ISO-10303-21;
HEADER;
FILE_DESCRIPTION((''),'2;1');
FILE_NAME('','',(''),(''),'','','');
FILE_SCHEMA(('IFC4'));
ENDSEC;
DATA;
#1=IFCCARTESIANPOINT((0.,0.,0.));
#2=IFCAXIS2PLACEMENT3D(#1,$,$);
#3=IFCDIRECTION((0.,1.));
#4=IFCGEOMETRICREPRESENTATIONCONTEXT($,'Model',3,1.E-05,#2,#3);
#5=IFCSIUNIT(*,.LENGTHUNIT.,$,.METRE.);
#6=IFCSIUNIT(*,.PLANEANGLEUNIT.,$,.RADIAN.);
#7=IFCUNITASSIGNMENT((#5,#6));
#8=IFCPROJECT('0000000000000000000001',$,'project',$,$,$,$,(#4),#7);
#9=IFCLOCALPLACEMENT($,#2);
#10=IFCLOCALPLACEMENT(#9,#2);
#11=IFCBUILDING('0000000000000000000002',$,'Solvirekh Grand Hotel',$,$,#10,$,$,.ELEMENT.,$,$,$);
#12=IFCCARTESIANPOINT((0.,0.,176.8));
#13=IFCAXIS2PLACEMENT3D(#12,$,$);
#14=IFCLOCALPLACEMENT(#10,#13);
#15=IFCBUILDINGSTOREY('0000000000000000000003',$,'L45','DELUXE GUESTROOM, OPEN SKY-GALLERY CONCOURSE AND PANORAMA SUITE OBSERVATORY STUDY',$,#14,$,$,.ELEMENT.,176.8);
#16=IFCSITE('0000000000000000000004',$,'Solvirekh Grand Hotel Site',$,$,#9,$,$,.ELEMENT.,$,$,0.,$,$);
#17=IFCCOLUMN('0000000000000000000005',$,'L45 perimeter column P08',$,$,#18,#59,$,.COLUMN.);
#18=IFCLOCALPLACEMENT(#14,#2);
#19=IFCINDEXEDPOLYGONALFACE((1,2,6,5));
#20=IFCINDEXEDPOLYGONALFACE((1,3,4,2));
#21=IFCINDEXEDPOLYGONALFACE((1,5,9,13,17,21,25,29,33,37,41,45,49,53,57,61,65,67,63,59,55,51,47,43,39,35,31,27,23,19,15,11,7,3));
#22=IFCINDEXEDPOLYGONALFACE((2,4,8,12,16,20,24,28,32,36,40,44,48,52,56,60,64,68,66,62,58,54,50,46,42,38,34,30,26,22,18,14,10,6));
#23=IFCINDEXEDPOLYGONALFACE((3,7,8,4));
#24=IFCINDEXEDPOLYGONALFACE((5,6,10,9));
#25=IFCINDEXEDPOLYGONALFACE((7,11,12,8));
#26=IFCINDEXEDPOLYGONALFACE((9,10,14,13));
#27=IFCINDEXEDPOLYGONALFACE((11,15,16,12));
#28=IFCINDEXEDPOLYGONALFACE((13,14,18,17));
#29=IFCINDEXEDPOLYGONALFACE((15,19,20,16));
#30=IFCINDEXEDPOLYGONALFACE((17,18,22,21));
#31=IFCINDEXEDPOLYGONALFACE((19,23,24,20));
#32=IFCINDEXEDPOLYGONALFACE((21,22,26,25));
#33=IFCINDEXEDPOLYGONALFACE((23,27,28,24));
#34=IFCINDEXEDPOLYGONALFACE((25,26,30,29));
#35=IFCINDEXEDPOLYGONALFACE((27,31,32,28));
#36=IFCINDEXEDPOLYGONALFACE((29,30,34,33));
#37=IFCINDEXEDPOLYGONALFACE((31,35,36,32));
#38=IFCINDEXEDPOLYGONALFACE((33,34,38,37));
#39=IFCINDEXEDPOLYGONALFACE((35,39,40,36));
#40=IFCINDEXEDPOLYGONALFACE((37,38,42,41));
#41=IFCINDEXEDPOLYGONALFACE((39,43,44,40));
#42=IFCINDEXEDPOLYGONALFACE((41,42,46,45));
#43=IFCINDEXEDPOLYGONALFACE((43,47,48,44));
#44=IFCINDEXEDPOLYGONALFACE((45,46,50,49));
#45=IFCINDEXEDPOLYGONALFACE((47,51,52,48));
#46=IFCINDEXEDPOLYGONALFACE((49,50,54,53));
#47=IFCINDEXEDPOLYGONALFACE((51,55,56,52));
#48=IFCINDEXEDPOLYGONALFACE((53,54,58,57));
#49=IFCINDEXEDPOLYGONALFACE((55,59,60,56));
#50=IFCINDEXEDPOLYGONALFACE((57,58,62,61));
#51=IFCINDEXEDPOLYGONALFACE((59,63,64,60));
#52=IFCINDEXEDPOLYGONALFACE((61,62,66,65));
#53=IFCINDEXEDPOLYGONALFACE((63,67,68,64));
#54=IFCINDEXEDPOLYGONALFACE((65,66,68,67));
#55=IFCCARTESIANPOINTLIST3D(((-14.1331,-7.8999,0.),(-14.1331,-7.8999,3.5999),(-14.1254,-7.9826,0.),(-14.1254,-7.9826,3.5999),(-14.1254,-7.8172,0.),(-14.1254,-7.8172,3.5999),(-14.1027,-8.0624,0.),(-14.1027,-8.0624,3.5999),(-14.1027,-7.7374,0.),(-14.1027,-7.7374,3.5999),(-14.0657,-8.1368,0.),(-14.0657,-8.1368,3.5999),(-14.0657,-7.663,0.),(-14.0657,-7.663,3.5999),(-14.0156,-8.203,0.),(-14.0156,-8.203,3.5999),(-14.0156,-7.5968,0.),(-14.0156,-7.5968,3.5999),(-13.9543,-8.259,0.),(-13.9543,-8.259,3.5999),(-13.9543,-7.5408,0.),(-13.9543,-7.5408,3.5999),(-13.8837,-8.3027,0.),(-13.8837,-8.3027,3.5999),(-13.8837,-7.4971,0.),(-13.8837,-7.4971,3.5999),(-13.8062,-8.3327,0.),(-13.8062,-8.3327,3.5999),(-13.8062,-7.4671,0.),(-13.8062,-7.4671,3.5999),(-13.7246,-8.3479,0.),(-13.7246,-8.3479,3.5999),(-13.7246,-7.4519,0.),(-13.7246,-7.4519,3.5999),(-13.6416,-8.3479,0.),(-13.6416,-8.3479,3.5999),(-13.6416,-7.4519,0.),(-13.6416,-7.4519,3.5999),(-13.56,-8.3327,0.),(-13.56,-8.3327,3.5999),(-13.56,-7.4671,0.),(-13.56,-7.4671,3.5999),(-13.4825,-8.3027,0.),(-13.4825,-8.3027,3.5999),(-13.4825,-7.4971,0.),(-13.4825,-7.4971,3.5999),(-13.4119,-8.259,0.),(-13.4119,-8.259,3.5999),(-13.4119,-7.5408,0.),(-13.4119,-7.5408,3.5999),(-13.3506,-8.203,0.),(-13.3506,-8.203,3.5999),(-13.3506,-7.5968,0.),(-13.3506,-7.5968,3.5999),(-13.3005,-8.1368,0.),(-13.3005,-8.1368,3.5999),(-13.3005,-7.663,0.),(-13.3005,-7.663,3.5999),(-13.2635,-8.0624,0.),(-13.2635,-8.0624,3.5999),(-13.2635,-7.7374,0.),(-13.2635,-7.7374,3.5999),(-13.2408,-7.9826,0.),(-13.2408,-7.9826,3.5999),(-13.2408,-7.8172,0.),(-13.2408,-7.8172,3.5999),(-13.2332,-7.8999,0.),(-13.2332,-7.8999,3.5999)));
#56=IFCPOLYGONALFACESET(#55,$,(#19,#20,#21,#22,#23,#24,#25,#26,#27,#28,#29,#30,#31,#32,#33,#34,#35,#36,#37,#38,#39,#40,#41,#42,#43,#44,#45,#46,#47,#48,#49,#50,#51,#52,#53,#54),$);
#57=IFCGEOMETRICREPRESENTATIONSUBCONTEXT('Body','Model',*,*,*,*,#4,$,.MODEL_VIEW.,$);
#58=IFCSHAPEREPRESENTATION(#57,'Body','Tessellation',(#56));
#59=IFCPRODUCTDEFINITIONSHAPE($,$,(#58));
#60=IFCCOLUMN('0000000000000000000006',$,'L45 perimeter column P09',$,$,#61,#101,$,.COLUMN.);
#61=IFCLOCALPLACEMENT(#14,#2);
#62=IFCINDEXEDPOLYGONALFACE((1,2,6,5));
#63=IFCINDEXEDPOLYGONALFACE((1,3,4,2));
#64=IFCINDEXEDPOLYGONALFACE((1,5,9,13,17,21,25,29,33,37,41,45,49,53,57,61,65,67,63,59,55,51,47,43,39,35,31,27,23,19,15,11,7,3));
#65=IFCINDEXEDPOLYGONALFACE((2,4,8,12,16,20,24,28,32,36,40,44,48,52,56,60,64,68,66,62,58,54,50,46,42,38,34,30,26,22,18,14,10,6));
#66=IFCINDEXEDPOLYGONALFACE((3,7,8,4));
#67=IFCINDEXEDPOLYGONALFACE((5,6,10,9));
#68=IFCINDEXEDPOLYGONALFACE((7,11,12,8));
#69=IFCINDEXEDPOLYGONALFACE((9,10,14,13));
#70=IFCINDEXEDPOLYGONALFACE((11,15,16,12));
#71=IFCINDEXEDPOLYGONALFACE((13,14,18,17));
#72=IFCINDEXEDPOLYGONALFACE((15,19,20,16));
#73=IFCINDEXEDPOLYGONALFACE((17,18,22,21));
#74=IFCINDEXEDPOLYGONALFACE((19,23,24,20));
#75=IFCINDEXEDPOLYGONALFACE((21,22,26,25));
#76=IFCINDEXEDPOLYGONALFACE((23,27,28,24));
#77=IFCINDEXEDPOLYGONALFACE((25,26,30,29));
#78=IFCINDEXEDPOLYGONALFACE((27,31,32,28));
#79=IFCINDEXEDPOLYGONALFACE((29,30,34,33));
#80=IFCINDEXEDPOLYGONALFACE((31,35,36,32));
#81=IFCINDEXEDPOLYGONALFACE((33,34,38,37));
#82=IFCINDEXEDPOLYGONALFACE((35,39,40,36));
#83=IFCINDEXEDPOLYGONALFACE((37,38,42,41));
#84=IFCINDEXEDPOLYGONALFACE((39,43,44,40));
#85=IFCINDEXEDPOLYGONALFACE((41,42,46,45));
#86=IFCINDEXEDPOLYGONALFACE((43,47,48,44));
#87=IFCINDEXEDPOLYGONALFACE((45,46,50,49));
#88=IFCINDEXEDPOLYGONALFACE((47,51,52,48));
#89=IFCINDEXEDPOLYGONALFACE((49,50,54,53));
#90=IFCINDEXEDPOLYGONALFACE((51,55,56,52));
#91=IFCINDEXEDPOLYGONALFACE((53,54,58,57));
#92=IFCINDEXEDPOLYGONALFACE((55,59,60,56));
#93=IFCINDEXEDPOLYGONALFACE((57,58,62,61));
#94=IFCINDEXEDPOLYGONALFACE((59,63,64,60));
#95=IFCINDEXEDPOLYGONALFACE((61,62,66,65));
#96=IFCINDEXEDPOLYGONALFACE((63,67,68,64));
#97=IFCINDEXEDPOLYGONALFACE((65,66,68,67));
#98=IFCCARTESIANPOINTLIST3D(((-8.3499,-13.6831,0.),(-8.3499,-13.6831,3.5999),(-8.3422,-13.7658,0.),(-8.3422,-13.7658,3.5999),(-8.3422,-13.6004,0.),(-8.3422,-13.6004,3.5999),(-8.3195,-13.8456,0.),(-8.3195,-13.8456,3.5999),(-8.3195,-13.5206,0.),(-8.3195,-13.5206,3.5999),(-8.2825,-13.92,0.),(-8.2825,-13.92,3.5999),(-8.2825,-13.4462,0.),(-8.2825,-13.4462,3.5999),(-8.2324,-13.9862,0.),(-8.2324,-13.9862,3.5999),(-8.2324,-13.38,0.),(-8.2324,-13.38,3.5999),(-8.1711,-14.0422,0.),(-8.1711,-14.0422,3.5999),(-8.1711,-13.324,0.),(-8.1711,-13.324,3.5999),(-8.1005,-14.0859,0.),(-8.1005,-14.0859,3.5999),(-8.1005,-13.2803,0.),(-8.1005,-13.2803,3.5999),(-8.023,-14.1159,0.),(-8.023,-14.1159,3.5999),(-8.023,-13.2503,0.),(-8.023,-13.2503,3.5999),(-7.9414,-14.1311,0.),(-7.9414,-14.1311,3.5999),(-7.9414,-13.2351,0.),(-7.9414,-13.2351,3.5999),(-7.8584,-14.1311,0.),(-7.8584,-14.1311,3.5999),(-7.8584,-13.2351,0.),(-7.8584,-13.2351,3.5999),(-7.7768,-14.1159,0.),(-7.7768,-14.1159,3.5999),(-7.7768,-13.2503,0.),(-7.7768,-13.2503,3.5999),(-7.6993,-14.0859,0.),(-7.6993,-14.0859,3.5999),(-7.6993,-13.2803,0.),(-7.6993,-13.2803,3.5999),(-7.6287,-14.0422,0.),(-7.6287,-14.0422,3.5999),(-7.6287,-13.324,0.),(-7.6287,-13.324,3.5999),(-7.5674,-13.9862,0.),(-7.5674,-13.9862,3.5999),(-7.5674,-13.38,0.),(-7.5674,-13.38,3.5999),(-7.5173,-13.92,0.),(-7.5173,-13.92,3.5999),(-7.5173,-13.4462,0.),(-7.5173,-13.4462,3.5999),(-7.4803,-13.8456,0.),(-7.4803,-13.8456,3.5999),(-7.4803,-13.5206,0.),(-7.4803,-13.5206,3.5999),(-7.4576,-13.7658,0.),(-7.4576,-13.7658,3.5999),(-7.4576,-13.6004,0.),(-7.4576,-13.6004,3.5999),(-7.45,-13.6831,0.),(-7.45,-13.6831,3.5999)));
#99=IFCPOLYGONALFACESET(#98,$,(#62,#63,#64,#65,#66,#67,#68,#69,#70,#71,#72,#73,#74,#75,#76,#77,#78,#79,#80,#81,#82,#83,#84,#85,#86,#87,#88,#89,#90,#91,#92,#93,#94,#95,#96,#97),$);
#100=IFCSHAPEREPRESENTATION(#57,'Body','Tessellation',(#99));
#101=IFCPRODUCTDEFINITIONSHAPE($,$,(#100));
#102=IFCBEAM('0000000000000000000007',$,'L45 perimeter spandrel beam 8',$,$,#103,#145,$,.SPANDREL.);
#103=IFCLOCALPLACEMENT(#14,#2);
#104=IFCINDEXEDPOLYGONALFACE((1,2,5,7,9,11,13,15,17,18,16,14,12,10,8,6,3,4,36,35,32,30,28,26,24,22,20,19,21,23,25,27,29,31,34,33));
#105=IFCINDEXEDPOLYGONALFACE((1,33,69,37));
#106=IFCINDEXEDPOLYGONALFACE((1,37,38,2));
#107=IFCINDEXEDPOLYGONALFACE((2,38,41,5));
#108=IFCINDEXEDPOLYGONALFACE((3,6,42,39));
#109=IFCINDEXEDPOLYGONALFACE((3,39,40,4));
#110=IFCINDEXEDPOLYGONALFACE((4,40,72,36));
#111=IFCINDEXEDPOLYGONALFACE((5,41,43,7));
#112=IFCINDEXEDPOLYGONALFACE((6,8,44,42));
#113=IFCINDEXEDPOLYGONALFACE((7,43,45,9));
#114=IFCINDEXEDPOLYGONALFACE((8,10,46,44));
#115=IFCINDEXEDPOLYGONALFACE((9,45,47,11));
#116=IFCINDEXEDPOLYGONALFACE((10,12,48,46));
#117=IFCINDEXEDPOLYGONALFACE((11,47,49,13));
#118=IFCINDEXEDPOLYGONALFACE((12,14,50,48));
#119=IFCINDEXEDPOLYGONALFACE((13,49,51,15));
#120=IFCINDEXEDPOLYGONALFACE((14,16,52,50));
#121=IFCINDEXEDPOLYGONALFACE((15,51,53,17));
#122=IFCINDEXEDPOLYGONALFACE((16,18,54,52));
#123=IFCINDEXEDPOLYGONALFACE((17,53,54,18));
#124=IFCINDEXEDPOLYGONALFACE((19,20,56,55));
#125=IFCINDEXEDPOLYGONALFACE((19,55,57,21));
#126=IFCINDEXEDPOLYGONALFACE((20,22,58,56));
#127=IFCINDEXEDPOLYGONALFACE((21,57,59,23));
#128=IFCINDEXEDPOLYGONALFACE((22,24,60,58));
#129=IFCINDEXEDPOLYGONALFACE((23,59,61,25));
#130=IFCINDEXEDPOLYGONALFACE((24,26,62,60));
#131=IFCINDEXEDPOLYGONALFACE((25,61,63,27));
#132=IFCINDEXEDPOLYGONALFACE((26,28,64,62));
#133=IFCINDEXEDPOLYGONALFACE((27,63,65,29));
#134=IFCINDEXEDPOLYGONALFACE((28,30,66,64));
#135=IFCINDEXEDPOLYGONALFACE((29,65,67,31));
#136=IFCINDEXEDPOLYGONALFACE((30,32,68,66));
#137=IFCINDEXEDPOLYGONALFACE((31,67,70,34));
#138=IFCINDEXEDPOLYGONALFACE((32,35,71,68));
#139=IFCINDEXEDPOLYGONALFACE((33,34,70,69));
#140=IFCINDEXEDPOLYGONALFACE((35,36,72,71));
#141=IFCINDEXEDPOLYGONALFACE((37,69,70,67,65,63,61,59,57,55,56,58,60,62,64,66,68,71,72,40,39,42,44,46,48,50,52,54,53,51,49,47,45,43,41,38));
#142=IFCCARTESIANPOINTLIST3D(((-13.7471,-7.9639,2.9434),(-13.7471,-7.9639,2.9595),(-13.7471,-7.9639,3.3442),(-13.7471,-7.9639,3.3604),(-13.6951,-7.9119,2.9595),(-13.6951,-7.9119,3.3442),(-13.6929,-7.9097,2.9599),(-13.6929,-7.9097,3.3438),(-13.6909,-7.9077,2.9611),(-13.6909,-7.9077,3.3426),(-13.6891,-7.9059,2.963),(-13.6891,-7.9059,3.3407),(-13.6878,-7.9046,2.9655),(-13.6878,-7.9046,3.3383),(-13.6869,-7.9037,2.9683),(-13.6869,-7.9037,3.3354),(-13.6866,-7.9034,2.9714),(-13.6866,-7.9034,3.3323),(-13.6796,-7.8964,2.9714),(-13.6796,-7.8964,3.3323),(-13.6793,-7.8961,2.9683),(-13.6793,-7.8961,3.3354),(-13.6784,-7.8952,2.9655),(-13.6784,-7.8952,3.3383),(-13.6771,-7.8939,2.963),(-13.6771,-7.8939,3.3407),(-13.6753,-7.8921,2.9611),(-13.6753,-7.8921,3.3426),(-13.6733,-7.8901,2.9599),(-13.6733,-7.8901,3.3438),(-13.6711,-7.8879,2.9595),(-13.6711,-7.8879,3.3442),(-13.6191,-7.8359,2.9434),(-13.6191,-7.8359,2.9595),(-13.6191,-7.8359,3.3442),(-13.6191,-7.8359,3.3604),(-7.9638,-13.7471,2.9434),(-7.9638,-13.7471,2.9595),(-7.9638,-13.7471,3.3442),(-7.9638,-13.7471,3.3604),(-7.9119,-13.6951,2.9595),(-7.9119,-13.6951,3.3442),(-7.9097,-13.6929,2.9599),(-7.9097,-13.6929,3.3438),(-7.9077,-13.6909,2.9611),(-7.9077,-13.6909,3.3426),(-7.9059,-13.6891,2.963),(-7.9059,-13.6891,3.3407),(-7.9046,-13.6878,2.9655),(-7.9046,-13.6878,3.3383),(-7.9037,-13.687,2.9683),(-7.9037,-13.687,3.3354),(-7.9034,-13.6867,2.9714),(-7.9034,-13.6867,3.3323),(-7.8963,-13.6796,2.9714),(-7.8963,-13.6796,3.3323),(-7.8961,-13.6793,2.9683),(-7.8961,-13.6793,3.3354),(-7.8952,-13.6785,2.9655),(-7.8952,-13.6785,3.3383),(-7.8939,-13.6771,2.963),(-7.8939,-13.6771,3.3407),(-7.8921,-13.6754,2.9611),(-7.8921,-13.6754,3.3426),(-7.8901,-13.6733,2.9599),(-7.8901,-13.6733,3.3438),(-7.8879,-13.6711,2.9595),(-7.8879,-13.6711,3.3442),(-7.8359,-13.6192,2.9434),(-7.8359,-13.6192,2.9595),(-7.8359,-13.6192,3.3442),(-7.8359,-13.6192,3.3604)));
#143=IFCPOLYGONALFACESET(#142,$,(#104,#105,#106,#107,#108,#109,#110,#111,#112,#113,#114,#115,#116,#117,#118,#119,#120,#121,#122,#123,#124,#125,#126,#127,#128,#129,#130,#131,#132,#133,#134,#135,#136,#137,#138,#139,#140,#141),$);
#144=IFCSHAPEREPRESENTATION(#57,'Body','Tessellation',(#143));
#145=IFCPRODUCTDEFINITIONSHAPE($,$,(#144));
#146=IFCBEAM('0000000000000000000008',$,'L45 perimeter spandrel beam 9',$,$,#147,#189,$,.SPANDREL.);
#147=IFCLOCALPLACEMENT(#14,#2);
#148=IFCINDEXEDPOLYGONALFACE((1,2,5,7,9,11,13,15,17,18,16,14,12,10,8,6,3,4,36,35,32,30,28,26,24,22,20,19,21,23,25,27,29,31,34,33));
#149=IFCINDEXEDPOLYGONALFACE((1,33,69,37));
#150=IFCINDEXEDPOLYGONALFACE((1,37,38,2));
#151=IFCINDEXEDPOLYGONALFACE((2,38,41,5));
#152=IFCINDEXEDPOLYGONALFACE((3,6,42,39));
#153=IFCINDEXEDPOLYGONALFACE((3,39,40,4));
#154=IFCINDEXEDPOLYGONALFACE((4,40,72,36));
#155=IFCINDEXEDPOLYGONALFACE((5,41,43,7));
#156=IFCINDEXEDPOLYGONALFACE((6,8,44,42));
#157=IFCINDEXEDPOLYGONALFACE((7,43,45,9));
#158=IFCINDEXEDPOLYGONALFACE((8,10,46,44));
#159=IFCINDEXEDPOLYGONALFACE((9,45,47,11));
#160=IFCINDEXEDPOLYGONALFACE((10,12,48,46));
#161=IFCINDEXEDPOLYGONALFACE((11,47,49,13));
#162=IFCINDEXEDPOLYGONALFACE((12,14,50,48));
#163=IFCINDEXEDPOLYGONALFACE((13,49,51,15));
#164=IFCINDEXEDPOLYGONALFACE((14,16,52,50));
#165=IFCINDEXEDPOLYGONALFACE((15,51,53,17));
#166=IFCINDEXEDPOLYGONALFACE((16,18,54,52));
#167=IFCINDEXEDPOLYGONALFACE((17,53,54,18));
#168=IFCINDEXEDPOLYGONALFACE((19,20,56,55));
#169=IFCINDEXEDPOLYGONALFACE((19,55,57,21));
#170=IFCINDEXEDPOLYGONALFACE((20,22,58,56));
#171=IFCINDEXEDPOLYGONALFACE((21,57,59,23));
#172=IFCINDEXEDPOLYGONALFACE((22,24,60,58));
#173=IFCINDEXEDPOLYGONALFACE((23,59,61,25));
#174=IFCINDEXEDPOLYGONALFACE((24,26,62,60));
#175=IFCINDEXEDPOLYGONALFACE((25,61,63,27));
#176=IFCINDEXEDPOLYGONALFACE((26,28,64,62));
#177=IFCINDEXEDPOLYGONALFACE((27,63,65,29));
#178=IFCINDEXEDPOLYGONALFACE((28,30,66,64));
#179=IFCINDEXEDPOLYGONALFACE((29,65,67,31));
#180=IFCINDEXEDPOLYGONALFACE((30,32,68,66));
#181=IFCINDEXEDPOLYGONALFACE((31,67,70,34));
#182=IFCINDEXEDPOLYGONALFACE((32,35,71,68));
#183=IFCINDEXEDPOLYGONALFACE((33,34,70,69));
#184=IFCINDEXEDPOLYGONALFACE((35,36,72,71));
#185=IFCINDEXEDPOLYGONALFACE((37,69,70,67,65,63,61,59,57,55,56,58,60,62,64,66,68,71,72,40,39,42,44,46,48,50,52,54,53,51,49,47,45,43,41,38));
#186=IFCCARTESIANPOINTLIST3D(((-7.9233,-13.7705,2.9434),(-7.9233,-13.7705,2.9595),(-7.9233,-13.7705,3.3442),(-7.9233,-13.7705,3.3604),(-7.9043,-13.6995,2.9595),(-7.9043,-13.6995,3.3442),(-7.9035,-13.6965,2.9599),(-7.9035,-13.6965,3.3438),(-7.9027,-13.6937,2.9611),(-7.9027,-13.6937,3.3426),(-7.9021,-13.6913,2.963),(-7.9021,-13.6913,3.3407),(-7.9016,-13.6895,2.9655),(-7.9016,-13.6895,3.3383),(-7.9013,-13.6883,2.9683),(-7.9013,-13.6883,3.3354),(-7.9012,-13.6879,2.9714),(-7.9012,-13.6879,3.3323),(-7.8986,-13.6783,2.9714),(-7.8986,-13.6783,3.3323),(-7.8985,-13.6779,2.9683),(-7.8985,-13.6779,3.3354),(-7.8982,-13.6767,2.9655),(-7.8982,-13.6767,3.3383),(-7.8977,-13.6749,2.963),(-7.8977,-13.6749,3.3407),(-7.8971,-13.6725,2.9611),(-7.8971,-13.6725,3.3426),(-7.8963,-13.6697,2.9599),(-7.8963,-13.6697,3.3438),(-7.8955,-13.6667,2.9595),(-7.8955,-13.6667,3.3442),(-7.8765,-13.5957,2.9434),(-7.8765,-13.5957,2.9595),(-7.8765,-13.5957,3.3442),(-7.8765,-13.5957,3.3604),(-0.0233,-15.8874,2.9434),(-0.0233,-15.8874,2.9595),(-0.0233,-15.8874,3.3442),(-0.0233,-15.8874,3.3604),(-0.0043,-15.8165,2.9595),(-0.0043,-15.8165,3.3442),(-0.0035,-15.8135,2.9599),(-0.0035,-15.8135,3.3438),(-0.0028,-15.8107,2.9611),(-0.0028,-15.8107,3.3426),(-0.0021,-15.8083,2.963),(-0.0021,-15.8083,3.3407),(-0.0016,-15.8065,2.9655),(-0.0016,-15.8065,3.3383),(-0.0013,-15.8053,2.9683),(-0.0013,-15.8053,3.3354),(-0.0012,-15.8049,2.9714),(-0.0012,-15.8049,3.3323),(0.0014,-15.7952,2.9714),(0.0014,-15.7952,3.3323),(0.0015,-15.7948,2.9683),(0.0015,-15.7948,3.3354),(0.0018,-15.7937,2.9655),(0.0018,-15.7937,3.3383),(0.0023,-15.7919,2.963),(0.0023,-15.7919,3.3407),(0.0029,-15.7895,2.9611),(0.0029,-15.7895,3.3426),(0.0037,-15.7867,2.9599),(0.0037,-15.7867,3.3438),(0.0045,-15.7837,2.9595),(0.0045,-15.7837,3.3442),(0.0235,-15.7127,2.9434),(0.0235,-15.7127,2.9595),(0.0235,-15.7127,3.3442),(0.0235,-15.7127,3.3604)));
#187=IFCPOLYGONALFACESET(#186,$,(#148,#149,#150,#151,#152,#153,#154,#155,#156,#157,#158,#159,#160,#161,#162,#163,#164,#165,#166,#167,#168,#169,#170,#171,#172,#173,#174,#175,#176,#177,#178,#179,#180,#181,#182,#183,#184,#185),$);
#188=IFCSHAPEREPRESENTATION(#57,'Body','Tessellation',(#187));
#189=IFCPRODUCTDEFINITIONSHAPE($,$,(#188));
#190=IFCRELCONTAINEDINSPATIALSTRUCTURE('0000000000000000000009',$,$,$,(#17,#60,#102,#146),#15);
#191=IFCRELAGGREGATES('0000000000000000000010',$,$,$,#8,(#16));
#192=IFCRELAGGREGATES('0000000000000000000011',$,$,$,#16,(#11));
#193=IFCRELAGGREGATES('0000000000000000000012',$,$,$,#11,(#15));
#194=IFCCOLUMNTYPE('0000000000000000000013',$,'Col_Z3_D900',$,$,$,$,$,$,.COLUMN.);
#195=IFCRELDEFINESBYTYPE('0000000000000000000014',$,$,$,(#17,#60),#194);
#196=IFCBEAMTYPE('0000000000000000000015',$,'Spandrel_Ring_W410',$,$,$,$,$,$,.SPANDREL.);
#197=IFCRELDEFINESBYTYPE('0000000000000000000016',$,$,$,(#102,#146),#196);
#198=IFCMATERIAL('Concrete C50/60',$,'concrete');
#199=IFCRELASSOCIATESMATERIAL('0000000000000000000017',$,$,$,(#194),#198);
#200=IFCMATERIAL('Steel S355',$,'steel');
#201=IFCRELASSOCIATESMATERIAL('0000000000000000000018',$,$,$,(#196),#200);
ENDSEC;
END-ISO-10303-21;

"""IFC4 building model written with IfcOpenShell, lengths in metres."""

from ifc_helpers import new_model, si_unit, direction, frame, origin, origin_2d, place, context, subcontext, project, spatial, circle, i_section, extrude, material, material_profile, profile_set, type_object, element, save


model = new_model("IFC4")

# Units and contexts
model_context = context("Model", 3, precision=1e-05, world=origin(), true_north=direction((0.0, 1.0)))
body_context = subcontext(model_context, "Body", "Model", "MODEL_VIEW")
ifc_project = project(units=[si_unit("LENGTHUNIT", "METRE"), si_unit("PLANEANGLEUNIT", "RADIAN")], contexts=[model_context])

# Site, building, storey
site_placement = place(None, origin())
site = spatial("IfcSite", under=ifc_project, at=site_placement, Name="Solvirekh Grand Hotel Site", CompositionType="ELEMENT", RefElevation=0.0)
building_placement = place(site_placement, origin())
building = spatial("IfcBuilding", under=site, at=building_placement, Name="Solvirekh Grand Hotel", CompositionType="ELEMENT")
storey_placement = place(building_placement, frame((0.0, 0.0, 176.8)))
storey = spatial("IfcBuildingStorey", under=building, at=storey_placement, Name="L45", Description="DELUXE GUESTROOM, OPEN SKY-GALLERY CONCOURSE AND PANORAMA SUITE OBSERVATORY STUDY", CompositionType="ELEMENT", Elevation=176.8)

# Columns
ifc_material_1 = material(Name="Concrete C50/60", Category="concrete")
ifc_material_profile_1 = material_profile(ifc_material_1, circle(Radius=0.45, at=origin_2d()), Name="RC CIRC D900")
ifc_profile_set_1 = profile_set([ifc_material_profile_1], Name="Concrete C50/60")
column_type = type_object("IfcColumnType", Name="Col_Z3_D900", PredefinedType="COLUMN", material=ifc_profile_set_1)
for number, where, z_axis, x_axis, name in (
    (1, (-13.6831, -7.8999, 0.0), (0.0, 0.0, 1.0), (1.0, 0.0, 0.0), "L45 perimeter column P08"),
    (2, (-7.8999, -13.6831, 0.0), (0.0, 0.0, 1.0), (1.0, 0.0, 0.0), "L45 perimeter column P09"),
):
    element("IfcColumn", number, at=place(storey_placement, frame(where, z_axis=z_axis, x_axis=x_axis)), inside=storey, type_object=column_type, Name=name, PredefinedType="COLUMN", context=body_context, shape_type="SweptSolid", body=[
        extrude(circle(Radius=0.45, at=origin_2d()), origin(), (0.0, 0.0, 1.0), 3.5999),
    ])

# Beams
ifc_material_2 = material(Name="Steel S355", Category="steel")
ifc_material_profile_2 = material_profile(ifc_material_2, i_section(OverallWidth=0.1809, OverallDepth=0.417, WebThickness=0.01, FlangeThickness=0.0161, FilletRadius=0.012, at=origin_2d()), Name="W410X85")
ifc_profile_set_2 = profile_set([ifc_material_profile_2], Name="Steel S355")
beam_type = type_object("IfcBeamType", Name="Spandrel_Ring_W410", PredefinedType="SPANDREL", material=ifc_profile_set_2)
for number, where, z_axis, x_axis, name in (
    (3, (-13.6831, -7.8999, 3.1519), (0.707107, -0.707107, 0.0), (0.707107, 0.707107, 0.0), "L45 perimeter spandrel beam 8"),
    (4, (-7.8999, -13.6831, 3.1519), (0.965921, -0.258839, 0.0), (0.258839, 0.965921, 0.0), "L45 perimeter spandrel beam 9"),
):
    element("IfcBeam", number, at=place(storey_placement, frame(where, z_axis=z_axis, x_axis=x_axis)), inside=storey, type_object=beam_type, Name=name, PredefinedType="SPANDREL", context=body_context, shape_type="SweptSolid", body=[
        extrude(i_section(OverallWidth=0.1809, OverallDepth=0.417, WebThickness=0.01, FlangeThickness=0.0161, FilletRadius=0.012, at=origin_2d()), origin(), (0.0, 0.0, 1.0), 8.1787),
    ])

save(model, "model.ifc")
